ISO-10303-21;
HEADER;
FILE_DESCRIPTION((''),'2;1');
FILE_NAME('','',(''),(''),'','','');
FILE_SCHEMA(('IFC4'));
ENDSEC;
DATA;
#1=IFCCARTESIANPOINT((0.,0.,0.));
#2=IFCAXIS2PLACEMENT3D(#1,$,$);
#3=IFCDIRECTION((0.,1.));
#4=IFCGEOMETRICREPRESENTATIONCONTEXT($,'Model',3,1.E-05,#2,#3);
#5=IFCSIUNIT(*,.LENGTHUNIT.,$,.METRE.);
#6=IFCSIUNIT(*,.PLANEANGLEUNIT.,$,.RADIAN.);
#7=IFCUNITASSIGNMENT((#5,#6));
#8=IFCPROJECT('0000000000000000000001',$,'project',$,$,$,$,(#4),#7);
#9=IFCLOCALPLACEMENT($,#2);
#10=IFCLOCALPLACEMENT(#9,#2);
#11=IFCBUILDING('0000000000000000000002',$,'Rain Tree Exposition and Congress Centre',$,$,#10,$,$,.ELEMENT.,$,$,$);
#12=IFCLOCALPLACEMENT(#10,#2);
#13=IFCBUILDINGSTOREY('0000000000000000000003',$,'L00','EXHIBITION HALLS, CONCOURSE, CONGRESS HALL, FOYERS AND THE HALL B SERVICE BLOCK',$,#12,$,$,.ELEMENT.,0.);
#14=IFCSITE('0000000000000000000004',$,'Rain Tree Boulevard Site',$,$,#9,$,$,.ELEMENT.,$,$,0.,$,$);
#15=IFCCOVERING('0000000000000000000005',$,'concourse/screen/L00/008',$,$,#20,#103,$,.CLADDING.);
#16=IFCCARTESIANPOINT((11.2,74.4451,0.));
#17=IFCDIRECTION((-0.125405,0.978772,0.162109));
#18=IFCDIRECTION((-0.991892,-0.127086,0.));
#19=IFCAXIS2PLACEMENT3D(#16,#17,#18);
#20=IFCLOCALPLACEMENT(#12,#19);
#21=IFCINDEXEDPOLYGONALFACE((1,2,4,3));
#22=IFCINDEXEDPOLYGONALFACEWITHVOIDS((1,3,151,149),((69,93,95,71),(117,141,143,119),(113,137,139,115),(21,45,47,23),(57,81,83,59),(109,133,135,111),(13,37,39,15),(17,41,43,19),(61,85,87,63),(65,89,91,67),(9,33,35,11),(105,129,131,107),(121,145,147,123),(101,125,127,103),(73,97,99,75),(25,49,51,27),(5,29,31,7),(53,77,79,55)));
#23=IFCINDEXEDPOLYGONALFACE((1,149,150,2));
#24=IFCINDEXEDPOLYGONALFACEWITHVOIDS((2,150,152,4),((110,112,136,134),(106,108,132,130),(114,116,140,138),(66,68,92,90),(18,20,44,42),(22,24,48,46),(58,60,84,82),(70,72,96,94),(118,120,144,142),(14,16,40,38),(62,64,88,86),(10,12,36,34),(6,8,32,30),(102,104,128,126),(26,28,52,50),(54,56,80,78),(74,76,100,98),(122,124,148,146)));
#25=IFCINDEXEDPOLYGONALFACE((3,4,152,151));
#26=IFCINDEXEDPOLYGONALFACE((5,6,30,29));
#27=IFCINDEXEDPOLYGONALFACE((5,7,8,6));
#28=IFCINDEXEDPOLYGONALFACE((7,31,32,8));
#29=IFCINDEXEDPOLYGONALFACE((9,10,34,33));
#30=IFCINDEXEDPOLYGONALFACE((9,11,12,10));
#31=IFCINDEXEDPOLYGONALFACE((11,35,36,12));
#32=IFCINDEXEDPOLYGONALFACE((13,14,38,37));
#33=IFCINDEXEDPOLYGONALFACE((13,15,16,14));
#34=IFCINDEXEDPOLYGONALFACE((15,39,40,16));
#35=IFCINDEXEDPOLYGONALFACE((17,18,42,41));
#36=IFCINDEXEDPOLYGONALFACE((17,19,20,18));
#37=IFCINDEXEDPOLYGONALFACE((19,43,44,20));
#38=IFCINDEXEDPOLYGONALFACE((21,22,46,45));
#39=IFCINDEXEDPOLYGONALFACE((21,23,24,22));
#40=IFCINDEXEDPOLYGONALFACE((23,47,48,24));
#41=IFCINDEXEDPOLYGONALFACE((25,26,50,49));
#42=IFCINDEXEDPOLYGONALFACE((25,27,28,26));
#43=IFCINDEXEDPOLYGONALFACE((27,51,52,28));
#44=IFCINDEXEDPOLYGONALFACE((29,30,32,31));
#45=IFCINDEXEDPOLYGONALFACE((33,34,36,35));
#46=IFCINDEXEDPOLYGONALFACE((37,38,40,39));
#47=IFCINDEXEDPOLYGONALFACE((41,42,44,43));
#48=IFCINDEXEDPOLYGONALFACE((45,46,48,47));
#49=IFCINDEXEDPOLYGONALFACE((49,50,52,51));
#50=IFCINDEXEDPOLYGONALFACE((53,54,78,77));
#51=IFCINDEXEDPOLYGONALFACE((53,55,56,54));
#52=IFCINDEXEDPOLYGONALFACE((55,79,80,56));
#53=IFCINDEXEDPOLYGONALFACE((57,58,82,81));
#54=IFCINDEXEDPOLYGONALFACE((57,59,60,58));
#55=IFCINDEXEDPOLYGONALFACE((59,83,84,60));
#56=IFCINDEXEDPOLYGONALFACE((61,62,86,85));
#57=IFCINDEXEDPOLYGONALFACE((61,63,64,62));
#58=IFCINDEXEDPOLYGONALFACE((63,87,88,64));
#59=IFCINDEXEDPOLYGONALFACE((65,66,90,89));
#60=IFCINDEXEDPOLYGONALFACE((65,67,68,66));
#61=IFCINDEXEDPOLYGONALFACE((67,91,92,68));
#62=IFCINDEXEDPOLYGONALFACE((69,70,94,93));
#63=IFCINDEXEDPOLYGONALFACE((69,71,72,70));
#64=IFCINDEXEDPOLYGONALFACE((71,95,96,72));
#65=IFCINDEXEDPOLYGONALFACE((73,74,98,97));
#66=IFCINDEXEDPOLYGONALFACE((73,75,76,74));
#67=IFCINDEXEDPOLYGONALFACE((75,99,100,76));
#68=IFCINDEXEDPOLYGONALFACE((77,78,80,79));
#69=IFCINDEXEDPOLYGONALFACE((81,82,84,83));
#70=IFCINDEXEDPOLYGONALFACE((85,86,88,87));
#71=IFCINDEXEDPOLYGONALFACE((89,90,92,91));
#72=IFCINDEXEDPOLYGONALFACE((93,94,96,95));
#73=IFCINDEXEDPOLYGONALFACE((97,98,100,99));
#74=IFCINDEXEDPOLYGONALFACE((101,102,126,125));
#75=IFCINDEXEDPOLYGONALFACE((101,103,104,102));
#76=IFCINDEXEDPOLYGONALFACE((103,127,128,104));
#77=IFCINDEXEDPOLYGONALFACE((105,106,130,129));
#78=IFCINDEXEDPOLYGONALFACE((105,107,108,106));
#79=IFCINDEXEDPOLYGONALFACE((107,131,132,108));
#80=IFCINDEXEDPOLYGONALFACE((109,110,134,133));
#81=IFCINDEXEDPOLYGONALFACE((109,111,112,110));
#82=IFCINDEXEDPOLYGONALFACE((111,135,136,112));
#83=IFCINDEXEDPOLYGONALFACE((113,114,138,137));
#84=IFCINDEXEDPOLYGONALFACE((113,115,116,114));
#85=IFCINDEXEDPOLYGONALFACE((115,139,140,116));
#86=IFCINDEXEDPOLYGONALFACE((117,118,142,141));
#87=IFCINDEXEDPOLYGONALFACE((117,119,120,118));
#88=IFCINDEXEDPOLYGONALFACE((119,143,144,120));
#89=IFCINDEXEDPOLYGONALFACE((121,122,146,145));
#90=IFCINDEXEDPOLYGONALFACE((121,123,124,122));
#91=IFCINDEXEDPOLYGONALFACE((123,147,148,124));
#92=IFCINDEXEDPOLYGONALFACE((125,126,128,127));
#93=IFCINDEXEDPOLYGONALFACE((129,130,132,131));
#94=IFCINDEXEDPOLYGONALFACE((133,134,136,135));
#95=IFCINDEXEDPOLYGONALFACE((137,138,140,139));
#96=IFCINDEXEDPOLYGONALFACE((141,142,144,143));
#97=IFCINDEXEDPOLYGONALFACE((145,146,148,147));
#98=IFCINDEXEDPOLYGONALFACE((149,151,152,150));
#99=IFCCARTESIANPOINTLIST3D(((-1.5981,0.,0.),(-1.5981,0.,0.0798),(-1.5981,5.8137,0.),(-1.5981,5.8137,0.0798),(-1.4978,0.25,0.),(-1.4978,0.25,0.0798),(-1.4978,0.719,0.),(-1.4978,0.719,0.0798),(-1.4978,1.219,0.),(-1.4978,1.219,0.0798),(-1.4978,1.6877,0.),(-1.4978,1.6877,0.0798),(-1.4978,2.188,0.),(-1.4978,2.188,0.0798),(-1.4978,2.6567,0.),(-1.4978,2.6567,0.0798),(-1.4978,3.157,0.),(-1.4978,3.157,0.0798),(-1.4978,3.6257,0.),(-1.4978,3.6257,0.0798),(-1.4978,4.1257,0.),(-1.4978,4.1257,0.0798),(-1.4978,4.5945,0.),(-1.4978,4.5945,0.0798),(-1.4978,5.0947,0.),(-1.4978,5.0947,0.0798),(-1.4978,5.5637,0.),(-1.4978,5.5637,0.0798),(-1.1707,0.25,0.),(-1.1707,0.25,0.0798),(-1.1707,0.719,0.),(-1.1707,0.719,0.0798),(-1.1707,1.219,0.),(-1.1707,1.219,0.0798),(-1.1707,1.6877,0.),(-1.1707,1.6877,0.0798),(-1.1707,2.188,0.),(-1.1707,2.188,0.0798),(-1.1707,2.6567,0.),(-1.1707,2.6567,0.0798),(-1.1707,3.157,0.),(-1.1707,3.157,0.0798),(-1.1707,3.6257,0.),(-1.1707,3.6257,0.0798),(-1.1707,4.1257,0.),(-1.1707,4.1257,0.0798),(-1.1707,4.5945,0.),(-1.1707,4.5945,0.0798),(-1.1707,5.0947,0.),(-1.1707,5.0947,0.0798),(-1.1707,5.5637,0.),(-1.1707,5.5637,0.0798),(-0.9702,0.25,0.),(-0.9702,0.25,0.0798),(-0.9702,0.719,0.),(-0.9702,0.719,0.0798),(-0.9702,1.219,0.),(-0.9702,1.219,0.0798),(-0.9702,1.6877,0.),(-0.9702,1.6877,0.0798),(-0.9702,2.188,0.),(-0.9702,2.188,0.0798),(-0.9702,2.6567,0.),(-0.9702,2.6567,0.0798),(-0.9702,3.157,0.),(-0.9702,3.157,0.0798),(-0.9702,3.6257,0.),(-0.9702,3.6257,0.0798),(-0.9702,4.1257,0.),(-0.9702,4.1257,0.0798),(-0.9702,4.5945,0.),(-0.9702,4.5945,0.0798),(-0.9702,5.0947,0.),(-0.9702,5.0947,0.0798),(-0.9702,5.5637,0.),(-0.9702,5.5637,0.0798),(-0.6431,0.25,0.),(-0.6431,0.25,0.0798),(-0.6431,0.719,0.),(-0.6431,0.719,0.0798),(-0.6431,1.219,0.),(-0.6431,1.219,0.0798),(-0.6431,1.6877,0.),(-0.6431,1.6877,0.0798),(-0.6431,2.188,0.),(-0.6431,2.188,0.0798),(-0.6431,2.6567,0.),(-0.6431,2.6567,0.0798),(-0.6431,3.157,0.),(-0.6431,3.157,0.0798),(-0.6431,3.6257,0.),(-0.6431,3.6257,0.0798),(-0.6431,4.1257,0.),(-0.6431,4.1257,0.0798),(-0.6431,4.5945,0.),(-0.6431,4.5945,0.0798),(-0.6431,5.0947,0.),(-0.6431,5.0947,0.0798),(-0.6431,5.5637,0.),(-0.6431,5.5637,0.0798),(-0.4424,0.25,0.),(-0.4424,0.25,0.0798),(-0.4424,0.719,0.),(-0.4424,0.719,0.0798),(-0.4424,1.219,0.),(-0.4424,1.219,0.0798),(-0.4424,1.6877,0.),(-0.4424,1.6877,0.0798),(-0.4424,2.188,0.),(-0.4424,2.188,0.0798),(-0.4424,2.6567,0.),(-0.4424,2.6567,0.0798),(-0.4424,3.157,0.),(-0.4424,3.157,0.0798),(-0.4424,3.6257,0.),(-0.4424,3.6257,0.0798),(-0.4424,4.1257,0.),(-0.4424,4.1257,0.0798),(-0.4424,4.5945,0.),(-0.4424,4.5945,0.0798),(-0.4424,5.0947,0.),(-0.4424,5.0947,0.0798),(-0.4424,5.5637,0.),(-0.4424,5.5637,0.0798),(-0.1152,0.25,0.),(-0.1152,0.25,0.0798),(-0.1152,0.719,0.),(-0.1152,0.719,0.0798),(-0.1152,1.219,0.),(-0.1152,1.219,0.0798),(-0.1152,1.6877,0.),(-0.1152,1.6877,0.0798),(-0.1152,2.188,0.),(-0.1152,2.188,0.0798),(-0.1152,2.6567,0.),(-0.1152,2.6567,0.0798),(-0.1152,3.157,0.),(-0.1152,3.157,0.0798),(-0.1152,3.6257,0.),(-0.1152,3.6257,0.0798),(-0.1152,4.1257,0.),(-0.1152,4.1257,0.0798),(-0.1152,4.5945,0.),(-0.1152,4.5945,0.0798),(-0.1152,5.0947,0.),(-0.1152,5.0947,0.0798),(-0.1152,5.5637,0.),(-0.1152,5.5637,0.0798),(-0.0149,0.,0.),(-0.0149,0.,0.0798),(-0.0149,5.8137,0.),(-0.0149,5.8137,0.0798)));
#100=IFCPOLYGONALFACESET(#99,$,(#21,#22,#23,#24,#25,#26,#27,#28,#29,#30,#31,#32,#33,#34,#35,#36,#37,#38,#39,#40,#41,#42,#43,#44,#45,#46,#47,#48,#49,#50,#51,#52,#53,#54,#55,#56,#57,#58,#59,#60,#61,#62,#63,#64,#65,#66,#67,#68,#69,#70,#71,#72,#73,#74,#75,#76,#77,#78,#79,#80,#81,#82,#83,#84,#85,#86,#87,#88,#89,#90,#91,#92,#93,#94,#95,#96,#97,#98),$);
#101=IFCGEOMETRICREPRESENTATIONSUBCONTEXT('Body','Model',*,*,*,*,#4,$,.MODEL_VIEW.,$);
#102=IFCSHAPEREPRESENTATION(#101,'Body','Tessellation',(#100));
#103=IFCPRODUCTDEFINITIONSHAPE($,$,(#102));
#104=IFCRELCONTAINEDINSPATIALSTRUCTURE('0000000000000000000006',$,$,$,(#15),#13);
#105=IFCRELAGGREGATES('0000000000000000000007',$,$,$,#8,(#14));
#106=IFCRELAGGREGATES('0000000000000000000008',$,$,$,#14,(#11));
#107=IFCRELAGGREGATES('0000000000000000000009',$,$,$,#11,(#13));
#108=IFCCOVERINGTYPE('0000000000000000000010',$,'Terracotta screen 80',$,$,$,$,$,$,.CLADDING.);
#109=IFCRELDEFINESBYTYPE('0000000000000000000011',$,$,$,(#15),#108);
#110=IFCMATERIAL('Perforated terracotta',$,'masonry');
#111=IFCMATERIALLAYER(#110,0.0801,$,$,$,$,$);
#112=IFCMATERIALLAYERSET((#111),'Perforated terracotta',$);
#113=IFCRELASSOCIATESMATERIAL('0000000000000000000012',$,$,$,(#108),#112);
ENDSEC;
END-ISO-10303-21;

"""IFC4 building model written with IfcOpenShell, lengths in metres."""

from ifc_helpers import new_model, si_unit, direction, frame, origin, place, context, subcontext, project, spatial, polyline, outline, extrude, material, layer, layer_set, type_object, element, save


model = new_model("IFC4")

# Units and contexts
model_context = context("Model", 3, precision=1e-05, world=origin(), true_north=direction((0.0, 1.0)))
body_context = subcontext(model_context, "Body", "Model", "MODEL_VIEW")
ifc_project = project(units=[si_unit("LENGTHUNIT", "METRE"), si_unit("PLANEANGLEUNIT", "RADIAN")], contexts=[model_context])

# Site, building, storey
site_placement = place(None, origin())
site = spatial("IfcSite", under=ifc_project, at=site_placement, Name="Rain Tree Boulevard Site", CompositionType="ELEMENT", RefElevation=0.0)
building_placement = place(site_placement, origin())
building = spatial("IfcBuilding", under=site, at=building_placement, Name="Rain Tree Exposition and Congress Centre", CompositionType="ELEMENT")
storey_placement = place(building_placement, origin())
storey = spatial("IfcBuildingStorey", under=building, at=storey_placement, Name="L00", Description="EXHIBITION HALLS, CONCOURSE, CONGRESS HALL, FOYERS AND THE HALL B SERVICE BLOCK", CompositionType="ELEMENT", Elevation=0.0)

# Covering
ifc_material_1 = material(Name="Perforated terracotta", Category="masonry")
ifc_layer_1 = layer(ifc_material_1, 0.0801)
ifc_layer_set_1 = layer_set([ifc_layer_1], Name="Perforated terracotta")
covering_type = type_object("IfcCoveringType", Name="Terracotta screen 80", PredefinedType="CLADDING", material=ifc_layer_set_1)
covering_1_placement = place(storey_placement, frame((11.2, 74.4451, 0.0), z_axis=(-0.125405, 0.978772, 0.162109), x_axis=(-0.991892, -0.127086, 0.0)))
element("IfcCovering", 1, at=covering_1_placement, inside=storey, type_object=covering_type, Name="concourse/screen/L00/008", PredefinedType="CLADDING", context=body_context, shape_type="SweptSolid", body=[
    extrude(outline(polyline([(-0.0149, 0.0), (-1.5981, 0.0), (-1.5981, 5.8137), (-0.0149, 5.8137), (-0.0149, 0.0)]), holes=[polyline([(-0.1152, 0.25), (-0.1152, 0.719), (-0.4424, 0.719), (-0.4424, 0.25), (-0.1152, 0.25)]), polyline([(-0.1152, 1.219), (-0.1152, 1.6877), (-0.4424, 1.6877), (-0.4424, 1.219), (-0.1152, 1.219)]), polyline([(-0.1152, 2.188), (-0.1152, 2.6567), (-0.4424, 2.6567), (-0.4424, 2.188), (-0.1152, 2.188)]), polyline([(-0.1152, 3.157), (-0.1152, 3.6257), (-0.4424, 3.6257), (-0.4424, 3.157), (-0.1152, 3.157)]), polyline([(-0.1152, 4.1257), (-0.1152, 4.5945), (-0.4424, 4.5945), (-0.4424, 4.1257), (-0.1152, 4.1257)]), polyline([(-0.1152, 5.0947), (-0.1152, 5.5637), (-0.4424, 5.5637), (-0.4424, 5.0947), (-0.1152, 5.0947)]), polyline([(-0.6431, 0.25), (-0.6431, 0.719), (-0.9702, 0.719), (-0.9702, 0.25), (-0.6431, 0.25)]), polyline([(-0.6431, 1.219), (-0.6431, 1.6877), (-0.9702, 1.6877), (-0.9702, 1.219), (-0.6431, 1.219)]), polyline([(-0.6431, 2.188), (-0.6431, 2.6567), (-0.9702, 2.6567), (-0.9702, 2.188), (-0.6431, 2.188)]), polyline([(-0.6431, 3.157), (-0.6431, 3.6257), (-0.9702, 3.6257), (-0.9702, 3.157), (-0.6431, 3.157)]), polyline([(-0.6431, 4.1257), (-0.6431, 4.5945), (-0.9702, 4.5945), (-0.9702, 4.1257), (-0.6431, 4.1257)]), polyline([(-0.6431, 5.0947), (-0.6431, 5.5637), (-0.9702, 5.5637), (-0.9702, 5.0947), (-0.6431, 5.0947)]), polyline([(-1.1707, 0.25), (-1.1707, 0.719), (-1.4978, 0.719), (-1.4978, 0.25), (-1.1707, 0.25)]), polyline([(-1.1707, 1.219), (-1.1707, 1.6877), (-1.4978, 1.6877), (-1.4978, 1.219), (-1.1707, 1.219)]), polyline([(-1.1707, 2.188), (-1.1707, 2.6567), (-1.4978, 2.6567), (-1.4978, 2.188), (-1.1707, 2.188)]), polyline([(-1.1707, 3.157), (-1.1707, 3.6257), (-1.4978, 3.6257), (-1.4978, 3.157), (-1.1707, 3.157)]), polyline([(-1.1707, 4.1257), (-1.1707, 4.5945), (-1.4978, 4.5945), (-1.4978, 4.1257), (-1.1707, 4.1257)]), polyline([(-1.1707, 5.0947), (-1.1707, 5.5637), (-1.4978, 5.5637), (-1.4978, 5.0947), (-1.1707, 5.0947)])]), origin(), (0.0, 0.0, 1.0), 0.0798),
])

save(model, "model.ifc")
